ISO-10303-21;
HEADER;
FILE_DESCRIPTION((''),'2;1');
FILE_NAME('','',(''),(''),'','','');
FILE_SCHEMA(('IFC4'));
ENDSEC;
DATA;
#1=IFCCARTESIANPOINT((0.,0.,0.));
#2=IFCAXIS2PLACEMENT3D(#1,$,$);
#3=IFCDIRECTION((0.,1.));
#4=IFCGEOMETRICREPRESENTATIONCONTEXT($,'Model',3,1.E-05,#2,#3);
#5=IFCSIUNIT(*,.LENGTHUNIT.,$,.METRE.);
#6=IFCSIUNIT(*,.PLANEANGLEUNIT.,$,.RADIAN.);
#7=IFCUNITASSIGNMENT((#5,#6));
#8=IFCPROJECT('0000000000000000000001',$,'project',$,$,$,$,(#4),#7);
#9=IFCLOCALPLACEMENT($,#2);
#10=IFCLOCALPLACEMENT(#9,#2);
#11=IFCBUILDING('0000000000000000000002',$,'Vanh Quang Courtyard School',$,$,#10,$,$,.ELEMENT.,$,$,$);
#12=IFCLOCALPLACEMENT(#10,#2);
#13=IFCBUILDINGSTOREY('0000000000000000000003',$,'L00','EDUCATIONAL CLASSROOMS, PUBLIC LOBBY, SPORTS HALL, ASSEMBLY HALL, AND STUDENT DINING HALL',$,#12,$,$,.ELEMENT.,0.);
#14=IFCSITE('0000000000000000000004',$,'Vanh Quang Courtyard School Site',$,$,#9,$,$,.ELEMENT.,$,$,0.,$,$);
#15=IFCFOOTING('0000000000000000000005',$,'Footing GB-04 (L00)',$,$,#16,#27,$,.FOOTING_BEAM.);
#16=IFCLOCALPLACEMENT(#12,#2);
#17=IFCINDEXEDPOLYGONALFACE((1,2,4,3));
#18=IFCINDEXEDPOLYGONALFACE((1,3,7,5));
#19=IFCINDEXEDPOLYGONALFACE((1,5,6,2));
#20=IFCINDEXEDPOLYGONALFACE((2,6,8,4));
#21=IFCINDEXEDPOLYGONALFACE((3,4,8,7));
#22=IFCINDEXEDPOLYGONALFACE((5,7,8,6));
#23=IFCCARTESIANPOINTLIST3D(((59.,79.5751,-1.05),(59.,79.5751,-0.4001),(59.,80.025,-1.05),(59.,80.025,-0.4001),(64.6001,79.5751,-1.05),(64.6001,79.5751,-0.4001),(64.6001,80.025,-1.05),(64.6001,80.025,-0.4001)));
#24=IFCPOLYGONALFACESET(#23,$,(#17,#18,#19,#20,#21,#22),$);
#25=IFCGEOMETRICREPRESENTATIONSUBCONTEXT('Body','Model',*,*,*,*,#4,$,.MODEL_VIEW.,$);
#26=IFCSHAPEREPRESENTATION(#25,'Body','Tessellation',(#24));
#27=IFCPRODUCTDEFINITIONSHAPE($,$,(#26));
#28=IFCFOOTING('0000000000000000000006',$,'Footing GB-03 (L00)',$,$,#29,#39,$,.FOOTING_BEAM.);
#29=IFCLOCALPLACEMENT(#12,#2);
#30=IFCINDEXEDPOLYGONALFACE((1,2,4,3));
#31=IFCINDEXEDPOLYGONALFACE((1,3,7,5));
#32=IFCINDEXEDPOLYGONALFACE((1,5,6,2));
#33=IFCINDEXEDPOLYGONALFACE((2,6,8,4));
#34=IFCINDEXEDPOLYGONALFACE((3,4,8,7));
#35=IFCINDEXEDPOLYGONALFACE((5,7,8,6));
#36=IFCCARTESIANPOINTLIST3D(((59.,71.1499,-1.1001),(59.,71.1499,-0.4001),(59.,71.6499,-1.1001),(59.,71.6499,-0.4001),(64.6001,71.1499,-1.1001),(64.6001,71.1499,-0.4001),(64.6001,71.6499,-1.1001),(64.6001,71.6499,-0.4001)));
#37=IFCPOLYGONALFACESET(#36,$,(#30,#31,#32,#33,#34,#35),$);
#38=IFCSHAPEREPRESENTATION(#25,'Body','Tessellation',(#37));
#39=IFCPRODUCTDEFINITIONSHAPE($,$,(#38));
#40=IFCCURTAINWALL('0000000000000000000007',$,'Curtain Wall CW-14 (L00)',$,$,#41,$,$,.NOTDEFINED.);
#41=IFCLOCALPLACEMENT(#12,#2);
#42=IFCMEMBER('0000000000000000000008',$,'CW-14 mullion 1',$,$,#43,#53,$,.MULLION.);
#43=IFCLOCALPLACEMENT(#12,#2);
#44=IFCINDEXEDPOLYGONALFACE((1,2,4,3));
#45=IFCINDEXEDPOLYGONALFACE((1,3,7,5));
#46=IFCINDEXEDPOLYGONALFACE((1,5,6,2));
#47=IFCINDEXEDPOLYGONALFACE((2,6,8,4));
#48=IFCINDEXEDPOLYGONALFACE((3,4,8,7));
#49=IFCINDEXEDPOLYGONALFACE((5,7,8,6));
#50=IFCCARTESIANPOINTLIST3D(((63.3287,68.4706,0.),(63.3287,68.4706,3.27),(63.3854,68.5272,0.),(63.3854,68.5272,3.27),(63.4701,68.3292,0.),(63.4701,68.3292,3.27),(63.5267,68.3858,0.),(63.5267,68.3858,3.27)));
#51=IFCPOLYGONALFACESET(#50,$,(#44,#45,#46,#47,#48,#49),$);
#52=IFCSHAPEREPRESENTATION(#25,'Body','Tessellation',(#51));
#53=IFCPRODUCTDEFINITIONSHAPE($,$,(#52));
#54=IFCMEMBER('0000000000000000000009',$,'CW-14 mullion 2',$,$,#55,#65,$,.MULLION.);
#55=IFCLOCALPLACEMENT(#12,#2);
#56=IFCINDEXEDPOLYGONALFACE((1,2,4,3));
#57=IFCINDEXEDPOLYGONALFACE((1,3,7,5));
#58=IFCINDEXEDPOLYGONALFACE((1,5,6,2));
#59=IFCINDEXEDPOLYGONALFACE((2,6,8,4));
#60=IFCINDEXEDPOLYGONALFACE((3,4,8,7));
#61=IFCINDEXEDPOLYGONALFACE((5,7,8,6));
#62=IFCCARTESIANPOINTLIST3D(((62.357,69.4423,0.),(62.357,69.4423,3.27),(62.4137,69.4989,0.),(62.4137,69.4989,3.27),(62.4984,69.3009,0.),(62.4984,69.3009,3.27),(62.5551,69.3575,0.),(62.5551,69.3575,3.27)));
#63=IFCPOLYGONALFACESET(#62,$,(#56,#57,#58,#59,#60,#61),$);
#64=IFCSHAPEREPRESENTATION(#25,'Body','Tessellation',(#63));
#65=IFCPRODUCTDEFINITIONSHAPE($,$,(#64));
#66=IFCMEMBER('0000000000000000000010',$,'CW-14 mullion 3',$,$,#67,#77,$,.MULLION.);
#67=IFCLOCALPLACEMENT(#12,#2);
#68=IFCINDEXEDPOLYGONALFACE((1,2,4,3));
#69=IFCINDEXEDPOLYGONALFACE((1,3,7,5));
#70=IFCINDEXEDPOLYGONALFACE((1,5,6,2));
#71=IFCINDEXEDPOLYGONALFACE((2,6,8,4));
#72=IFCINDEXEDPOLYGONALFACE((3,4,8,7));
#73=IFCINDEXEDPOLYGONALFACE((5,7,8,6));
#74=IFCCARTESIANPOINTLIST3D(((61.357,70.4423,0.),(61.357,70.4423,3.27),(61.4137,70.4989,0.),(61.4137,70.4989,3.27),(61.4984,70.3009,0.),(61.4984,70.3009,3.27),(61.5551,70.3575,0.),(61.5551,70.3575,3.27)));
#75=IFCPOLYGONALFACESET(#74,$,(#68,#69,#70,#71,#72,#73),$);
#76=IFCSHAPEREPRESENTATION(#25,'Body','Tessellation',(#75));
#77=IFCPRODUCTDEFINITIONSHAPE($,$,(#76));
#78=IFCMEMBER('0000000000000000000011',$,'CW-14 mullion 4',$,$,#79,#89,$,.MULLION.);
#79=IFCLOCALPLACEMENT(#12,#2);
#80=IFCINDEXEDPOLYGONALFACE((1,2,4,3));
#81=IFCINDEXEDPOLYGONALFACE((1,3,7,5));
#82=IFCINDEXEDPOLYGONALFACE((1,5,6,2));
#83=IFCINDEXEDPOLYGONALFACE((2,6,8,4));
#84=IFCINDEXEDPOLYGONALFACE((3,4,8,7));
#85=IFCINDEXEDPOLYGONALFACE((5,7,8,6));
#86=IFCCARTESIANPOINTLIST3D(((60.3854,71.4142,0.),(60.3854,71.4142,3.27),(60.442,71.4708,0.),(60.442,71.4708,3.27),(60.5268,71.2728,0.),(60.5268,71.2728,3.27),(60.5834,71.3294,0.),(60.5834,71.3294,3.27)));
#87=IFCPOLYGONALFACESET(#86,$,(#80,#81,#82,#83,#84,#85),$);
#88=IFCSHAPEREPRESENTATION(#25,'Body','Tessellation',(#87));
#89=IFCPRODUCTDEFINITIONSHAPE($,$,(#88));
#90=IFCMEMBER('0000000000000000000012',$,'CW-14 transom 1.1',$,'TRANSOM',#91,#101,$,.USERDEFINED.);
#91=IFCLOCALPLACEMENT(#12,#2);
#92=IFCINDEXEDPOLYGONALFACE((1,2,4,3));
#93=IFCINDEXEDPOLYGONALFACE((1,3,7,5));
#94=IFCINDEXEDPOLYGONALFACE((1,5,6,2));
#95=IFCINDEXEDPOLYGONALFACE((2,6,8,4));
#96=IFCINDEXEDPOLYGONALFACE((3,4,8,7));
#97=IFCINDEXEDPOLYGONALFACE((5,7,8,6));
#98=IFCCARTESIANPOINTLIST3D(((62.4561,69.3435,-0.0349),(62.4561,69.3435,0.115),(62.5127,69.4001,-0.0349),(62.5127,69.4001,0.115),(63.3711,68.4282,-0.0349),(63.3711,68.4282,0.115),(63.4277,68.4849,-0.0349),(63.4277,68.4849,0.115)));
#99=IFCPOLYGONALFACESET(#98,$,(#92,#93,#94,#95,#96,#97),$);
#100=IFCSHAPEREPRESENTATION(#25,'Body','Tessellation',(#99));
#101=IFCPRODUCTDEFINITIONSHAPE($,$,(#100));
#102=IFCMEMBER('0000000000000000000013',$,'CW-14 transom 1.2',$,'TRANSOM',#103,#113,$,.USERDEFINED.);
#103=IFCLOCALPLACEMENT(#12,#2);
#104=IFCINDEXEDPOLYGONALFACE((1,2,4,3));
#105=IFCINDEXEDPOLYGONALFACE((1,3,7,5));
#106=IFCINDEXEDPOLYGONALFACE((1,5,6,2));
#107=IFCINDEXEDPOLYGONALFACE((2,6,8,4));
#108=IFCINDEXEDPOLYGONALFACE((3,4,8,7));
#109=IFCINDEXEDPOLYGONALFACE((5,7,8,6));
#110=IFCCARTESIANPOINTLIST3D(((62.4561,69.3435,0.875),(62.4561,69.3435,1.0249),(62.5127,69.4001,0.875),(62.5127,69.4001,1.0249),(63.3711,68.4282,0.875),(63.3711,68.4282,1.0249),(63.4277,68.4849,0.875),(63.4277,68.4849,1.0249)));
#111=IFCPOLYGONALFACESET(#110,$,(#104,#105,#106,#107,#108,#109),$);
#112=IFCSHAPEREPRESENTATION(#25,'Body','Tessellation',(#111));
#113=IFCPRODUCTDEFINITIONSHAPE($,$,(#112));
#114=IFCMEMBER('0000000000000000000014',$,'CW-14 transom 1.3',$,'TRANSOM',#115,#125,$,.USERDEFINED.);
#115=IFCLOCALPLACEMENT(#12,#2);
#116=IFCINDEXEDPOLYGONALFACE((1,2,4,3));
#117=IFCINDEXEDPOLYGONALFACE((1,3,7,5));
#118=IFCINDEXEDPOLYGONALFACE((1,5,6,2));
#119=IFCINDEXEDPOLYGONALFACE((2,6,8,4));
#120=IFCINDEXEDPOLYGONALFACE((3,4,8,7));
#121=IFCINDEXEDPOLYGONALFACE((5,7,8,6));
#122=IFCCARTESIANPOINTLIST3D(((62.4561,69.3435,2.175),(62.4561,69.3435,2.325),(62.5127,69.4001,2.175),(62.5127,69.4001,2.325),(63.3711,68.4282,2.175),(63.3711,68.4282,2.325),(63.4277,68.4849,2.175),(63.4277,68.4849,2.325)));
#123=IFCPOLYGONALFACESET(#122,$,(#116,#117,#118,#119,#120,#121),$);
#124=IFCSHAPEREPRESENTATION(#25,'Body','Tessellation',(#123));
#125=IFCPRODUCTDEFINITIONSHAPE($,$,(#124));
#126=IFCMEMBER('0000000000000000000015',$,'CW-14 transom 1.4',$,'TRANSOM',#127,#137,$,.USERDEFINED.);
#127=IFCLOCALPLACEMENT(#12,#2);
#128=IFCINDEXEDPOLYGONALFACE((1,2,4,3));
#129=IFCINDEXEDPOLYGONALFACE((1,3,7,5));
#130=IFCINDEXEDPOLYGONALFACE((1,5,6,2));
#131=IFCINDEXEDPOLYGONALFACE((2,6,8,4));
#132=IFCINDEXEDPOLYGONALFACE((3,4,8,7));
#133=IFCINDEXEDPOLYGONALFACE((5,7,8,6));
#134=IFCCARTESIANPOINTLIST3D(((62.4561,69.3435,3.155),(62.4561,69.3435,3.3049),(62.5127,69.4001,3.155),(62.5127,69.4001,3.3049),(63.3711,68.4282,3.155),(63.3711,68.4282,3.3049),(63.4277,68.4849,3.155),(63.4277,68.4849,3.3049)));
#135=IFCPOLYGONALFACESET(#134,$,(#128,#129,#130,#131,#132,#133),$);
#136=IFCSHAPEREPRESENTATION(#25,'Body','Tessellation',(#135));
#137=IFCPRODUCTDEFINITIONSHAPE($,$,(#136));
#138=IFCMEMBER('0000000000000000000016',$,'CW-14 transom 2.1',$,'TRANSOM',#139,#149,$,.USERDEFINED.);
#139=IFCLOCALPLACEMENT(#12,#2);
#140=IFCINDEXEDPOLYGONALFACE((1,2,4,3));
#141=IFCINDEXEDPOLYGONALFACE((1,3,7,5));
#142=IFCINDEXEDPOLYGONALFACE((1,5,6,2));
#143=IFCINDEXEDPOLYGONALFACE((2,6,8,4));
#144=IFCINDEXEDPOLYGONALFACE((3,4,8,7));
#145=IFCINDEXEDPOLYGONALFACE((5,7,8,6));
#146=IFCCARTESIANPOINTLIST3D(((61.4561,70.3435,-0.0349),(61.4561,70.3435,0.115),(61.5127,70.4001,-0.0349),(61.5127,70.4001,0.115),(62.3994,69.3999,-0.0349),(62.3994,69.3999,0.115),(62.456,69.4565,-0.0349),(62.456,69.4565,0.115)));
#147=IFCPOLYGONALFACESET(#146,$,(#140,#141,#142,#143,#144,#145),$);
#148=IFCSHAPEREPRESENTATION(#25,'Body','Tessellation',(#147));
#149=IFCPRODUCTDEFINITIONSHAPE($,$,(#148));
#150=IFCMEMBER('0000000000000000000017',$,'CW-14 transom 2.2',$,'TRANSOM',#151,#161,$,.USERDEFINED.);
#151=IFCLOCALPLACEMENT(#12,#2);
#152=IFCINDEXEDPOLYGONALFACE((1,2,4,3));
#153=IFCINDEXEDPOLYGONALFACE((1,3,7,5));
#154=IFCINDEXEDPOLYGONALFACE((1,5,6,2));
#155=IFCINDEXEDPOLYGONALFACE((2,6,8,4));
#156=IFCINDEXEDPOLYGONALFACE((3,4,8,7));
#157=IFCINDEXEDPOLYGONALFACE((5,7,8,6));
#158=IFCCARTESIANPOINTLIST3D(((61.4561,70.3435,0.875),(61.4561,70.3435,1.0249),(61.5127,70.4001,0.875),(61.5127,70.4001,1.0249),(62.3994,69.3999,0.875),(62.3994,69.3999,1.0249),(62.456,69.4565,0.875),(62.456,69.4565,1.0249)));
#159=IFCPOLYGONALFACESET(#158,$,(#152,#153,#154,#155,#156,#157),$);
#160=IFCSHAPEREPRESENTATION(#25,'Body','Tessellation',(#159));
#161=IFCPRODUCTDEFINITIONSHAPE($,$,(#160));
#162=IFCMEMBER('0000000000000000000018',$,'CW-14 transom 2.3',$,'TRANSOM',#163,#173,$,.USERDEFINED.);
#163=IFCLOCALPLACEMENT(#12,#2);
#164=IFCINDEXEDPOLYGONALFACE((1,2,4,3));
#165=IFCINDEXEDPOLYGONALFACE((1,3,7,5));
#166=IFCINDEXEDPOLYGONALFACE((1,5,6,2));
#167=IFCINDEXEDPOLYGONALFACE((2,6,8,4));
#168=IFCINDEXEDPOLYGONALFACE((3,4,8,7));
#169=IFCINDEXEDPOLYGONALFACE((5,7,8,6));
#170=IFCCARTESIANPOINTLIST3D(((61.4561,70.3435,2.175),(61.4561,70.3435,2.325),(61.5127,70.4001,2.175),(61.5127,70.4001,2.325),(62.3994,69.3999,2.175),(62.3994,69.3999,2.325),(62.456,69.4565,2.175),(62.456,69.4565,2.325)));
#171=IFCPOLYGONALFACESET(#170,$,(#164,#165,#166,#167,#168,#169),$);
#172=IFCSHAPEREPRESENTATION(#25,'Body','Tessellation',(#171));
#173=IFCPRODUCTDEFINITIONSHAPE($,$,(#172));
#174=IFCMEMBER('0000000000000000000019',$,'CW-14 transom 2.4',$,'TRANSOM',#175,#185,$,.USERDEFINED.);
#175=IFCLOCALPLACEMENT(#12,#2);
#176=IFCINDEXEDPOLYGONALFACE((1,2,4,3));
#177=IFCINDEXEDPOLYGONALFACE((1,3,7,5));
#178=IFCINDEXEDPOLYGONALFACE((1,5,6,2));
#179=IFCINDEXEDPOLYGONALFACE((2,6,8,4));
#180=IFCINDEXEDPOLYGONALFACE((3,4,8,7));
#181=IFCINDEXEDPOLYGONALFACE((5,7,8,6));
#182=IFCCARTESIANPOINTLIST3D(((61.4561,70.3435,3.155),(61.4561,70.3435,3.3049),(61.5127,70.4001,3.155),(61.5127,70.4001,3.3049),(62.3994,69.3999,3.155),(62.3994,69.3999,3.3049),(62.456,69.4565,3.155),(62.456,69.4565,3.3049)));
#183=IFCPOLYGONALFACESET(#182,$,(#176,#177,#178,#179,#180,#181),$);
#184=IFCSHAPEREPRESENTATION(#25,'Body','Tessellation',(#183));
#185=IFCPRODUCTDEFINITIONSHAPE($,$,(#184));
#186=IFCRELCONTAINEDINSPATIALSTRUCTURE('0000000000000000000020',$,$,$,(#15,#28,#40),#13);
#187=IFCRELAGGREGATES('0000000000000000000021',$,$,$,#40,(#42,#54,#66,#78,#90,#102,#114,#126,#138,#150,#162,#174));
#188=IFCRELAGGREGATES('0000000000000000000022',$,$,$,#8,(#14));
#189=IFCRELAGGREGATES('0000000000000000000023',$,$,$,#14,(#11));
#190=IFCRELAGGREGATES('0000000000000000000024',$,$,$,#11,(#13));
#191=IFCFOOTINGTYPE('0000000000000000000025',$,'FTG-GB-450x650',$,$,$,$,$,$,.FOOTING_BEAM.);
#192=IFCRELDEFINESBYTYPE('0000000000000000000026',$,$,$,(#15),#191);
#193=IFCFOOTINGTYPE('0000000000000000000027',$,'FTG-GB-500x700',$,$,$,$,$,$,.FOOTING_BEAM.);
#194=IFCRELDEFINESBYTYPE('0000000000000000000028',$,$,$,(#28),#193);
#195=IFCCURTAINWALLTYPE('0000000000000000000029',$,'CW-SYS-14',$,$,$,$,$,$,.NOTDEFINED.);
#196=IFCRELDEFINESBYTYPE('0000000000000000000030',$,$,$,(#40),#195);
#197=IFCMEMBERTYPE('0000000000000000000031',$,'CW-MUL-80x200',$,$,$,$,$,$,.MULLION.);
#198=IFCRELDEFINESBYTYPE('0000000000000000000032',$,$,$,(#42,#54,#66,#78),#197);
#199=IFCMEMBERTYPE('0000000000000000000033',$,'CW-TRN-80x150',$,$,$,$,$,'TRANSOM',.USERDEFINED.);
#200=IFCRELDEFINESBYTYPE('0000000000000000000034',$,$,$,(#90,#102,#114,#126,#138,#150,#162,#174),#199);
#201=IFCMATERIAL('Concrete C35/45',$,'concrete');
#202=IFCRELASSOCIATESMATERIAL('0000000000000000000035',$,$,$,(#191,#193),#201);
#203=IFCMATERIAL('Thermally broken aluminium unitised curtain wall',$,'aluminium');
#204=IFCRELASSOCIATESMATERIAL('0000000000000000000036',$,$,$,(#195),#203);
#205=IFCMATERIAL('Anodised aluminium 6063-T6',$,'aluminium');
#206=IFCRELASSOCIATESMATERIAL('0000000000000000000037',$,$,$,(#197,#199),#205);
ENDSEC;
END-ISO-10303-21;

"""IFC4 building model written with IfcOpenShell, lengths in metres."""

from ifc_helpers import new_model, si_unit, direction, frame, origin, origin_2d, place, context, subcontext, project, spatial, rectangle, extrude, material, material_profile, profile_set, type_object, element, aggregate, save


model = new_model("IFC4")

# Units and contexts
model_context = context("Model", 3, precision=1e-05, world=origin(), true_north=direction((0.0, 1.0)))
body_context = subcontext(model_context, "Body", "Model", "MODEL_VIEW")
ifc_project = project(units=[si_unit("LENGTHUNIT", "METRE"), si_unit("PLANEANGLEUNIT", "RADIAN")], contexts=[model_context])

# Site, building, storey
site_placement = place(None, origin())
site = spatial("IfcSite", under=ifc_project, at=site_placement, Name="Vanh Quang Courtyard School Site", CompositionType="ELEMENT", RefElevation=0.0)
building_placement = place(site_placement, origin())
building = spatial("IfcBuilding", under=site, at=building_placement, Name="Vanh Quang Courtyard School", CompositionType="ELEMENT")
storey_placement = place(building_placement, origin())
storey = spatial("IfcBuildingStorey", under=building, at=storey_placement, Name="L00", Description="EDUCATIONAL CLASSROOMS, PUBLIC LOBBY, SPORTS HALL, ASSEMBLY HALL, AND STUDENT DINING HALL", CompositionType="ELEMENT", Elevation=0.0)

# Footings
ifc_material_1 = material(Name="Concrete C35/45", Category="concrete")
footing_type_1 = type_object("IfcFootingType", Name="FTG-GB-450x650", PredefinedType="FOOTING_BEAM", material=ifc_material_1)
footing_1_placement = place(storey_placement, frame((61.8, 79.8, -1.05), z_axis=(0.0, 0.0, 1.0), x_axis=(1.0, 0.0, 0.0)))
element("IfcFooting", 1, at=footing_1_placement, inside=storey, type_object=footing_type_1, Name="Footing GB-04 (L00)", PredefinedType="FOOTING_BEAM", context=body_context, shape_type="SweptSolid", body=[
    extrude(rectangle(XDim=5.6001, YDim=0.45, at=origin_2d()), origin(), (0.0, 0.0, 1.0), 0.6499),
])
footing_type_2 = type_object("IfcFootingType", Name="FTG-GB-500x700", PredefinedType="FOOTING_BEAM", material=ifc_material_1)
footing_2_placement = place(storey_placement, frame((61.8, 71.3999, -1.1001), z_axis=(0.0, 0.0, 1.0), x_axis=(1.0, 0.0, 0.0)))
element("IfcFooting", 2, at=footing_2_placement, inside=storey, type_object=footing_type_2, Name="Footing GB-03 (L00)", PredefinedType="FOOTING_BEAM", context=body_context, shape_type="SweptSolid", body=[
    extrude(rectangle(XDim=5.6001, YDim=0.5, at=origin_2d()), origin(), (0.0, 0.0, 1.0), 0.7),
])

# Curtain wall, members
ifc_material_2 = material(Name="Thermally broken aluminium unitised curtain wall", Category="aluminium")
curtain_wall_type = type_object("IfcCurtainWallType", Name="CW-SYS-14", PredefinedType="NOTDEFINED", material=ifc_material_2)
curtain_wall_placement = place(storey_placement, origin())
curtain_wall = element("IfcCurtainWall", 3, at=curtain_wall_placement, inside=storey, type_object=curtain_wall_type, Name="Curtain Wall CW-14 (L00)", PredefinedType="NOTDEFINED")
ifc_material_3 = material(Name="Anodised aluminium 6063-T6", Category="aluminium")
ifc_material_profile_1 = material_profile(ifc_material_3, rectangle(XDim=0.0801, YDim=0.2, at=origin_2d()), Name="ALU-MUL 80x200")
ifc_profile_set_1 = profile_set([ifc_material_profile_1], Name="Anodised aluminium 6063-T6")
member_type_1 = type_object("IfcMemberType", Name="CW-MUL-80x200", PredefinedType="MULLION", material=ifc_profile_set_1)
member_1_placement = place(storey_placement, frame((63.4277, 68.4282, 0.0), z_axis=(0.0, 0.0, 1.0), x_axis=(-0.707107, -0.707107, 0.0)))
member_1 = element("IfcMember", 4, at=member_1_placement, type_object=member_type_1, Name="CW-14 mullion 1", PredefinedType="MULLION", context=body_context, shape_type="SweptSolid", body=[
    extrude(rectangle(XDim=0.0801, YDim=0.2, at=origin_2d()), origin(), (0.0, 0.0, 1.0), 3.27),
])
member_2_placement = place(storey_placement, frame((62.4561, 69.3999, 0.0), z_axis=(0.0, 0.0, 1.0), x_axis=(-0.707107, -0.707107, 0.0)))
member_2 = element("IfcMember", 5, at=member_2_placement, type_object=member_type_1, Name="CW-14 mullion 2", PredefinedType="MULLION", context=body_context, shape_type="SweptSolid", body=[
    extrude(rectangle(XDim=0.0801, YDim=0.2, at=origin_2d()), origin(), (0.0, 0.0, 1.0), 3.27),
])
member_3_placement = place(storey_placement, frame((61.4561, 70.3999, 0.0), z_axis=(0.0, 0.0, 1.0), x_axis=(-0.707107, -0.707107, 0.0)))
member_3 = element("IfcMember", 6, at=member_3_placement, type_object=member_type_1, Name="CW-14 mullion 3", PredefinedType="MULLION", context=body_context, shape_type="SweptSolid", body=[
    extrude(rectangle(XDim=0.0801, YDim=0.2, at=origin_2d()), origin(), (0.0, 0.0, 1.0), 3.27),
])
member_4_placement = place(storey_placement, frame((60.4844, 71.3718, 0.0), z_axis=(0.0, 0.0, 1.0), x_axis=(-0.707107, -0.707107, 0.0)))
member_4 = element("IfcMember", 7, at=member_4_placement, type_object=member_type_1, Name="CW-14 mullion 4", PredefinedType="MULLION", context=body_context, shape_type="SweptSolid", body=[
    extrude(rectangle(XDim=0.0801, YDim=0.2, at=origin_2d()), origin(), (0.0, 0.0, 1.0), 3.27),
])
ifc_material_profile_2 = material_profile(ifc_material_3, rectangle(XDim=0.0801, YDim=0.1499, at=origin_2d()), Name="ALU-TRN 80x150")
ifc_profile_set_2 = profile_set([ifc_material_profile_2], Name="Anodised aluminium 6063-T6")
member_type_2 = type_object("IfcMemberType", Name="CW-TRN-80x150", ElementType="TRANSOM", PredefinedType="USERDEFINED", material=ifc_profile_set_2)
member_5_placement = place(storey_placement, frame((63.3994, 68.4565, 0.04), z_axis=(-0.707012, 0.707201, 0.0), x_axis=(-0.707201, -0.707012, 0.0)))
member_5 = element("IfcMember", 8, at=member_5_placement, type_object=member_type_2, Name="CW-14 transom 1.1", ObjectType="TRANSOM", PredefinedType="USERDEFINED", context=body_context, shape_type="SweptSolid", body=[
    extrude(rectangle(XDim=0.0801, YDim=0.1499, at=origin_2d()), origin(), (0.0, 0.0, 1.0), 1.2942),
])
member_6_placement = place(storey_placement, frame((63.3994, 68.4565, 0.95), z_axis=(-0.707012, 0.707201, 0.0), x_axis=(-0.707201, -0.707012, 0.0)))
member_6 = element("IfcMember", 9, at=member_6_placement, type_object=member_type_2, Name="CW-14 transom 1.2", ObjectType="TRANSOM", PredefinedType="USERDEFINED", context=body_context, shape_type="SweptSolid", body=[
    extrude(rectangle(XDim=0.0801, YDim=0.1499, at=origin_2d()), origin(), (0.0, 0.0, 1.0), 1.2942),
])
member_7_placement = place(storey_placement, frame((63.3994, 68.4565, 2.25), z_axis=(-0.707012, 0.707201, 0.0), x_axis=(-0.707201, -0.707012, 0.0)))
member_7 = element("IfcMember", 10, at=member_7_placement, type_object=member_type_2, Name="CW-14 transom 1.3", ObjectType="TRANSOM", PredefinedType="USERDEFINED", context=body_context, shape_type="SweptSolid", body=[
    extrude(rectangle(XDim=0.0801, YDim=0.1499, at=origin_2d()), origin(), (0.0, 0.0, 1.0), 1.2942),
])
member_8_placement = place(storey_placement, frame((63.3994, 68.4565, 3.23), z_axis=(-0.707012, 0.707201, 0.0), x_axis=(-0.707201, -0.707012, 0.0)))
member_8 = element("IfcMember", 11, at=member_8_placement, type_object=member_type_2, Name="CW-14 transom 1.4", ObjectType="TRANSOM", PredefinedType="USERDEFINED", context=body_context, shape_type="SweptSolid", body=[
    extrude(rectangle(XDim=0.0801, YDim=0.1499, at=origin_2d()), origin(), (0.0, 0.0, 1.0), 1.2942),
])
member_9_placement = place(storey_placement, frame((62.4277, 69.4282, 0.04), z_axis=(-0.707015, 0.707198, 0.0), x_axis=(-0.707198, -0.707015, 0.0)))
member_9 = element("IfcMember", 12, at=member_9_placement, type_object=member_type_2, Name="CW-14 transom 2.1", ObjectType="TRANSOM", PredefinedType="USERDEFINED", context=body_context, shape_type="SweptSolid", body=[
    extrude(rectangle(XDim=0.0801, YDim=0.1499, at=origin_2d()), origin(), (0.0, 0.0, 1.0), 1.3342),
])
member_10_placement = place(storey_placement, frame((62.4277, 69.4282, 0.95), z_axis=(-0.707015, 0.707198, 0.0), x_axis=(-0.707198, -0.707015, 0.0)))
member_10 = element("IfcMember", 13, at=member_10_placement, type_object=member_type_2, Name="CW-14 transom 2.2", ObjectType="TRANSOM", PredefinedType="USERDEFINED", context=body_context, shape_type="SweptSolid", body=[
    extrude(rectangle(XDim=0.0801, YDim=0.1499, at=origin_2d()), origin(), (0.0, 0.0, 1.0), 1.3342),
])
member_11_placement = place(storey_placement, frame((62.4277, 69.4282, 2.25), z_axis=(-0.707015, 0.707198, 0.0), x_axis=(-0.707198, -0.707015, 0.0)))
member_11 = element("IfcMember", 14, at=member_11_placement, type_object=member_type_2, Name="CW-14 transom 2.3", ObjectType="TRANSOM", PredefinedType="USERDEFINED", context=body_context, shape_type="SweptSolid", body=[
    extrude(rectangle(XDim=0.0801, YDim=0.1499, at=origin_2d()), origin(), (0.0, 0.0, 1.0), 1.3342),
])
member_12_placement = place(storey_placement, frame((62.4277, 69.4282, 3.23), z_axis=(-0.707015, 0.707198, 0.0), x_axis=(-0.707198, -0.707015, 0.0)))
member_12 = element("IfcMember", 15, at=member_12_placement, type_object=member_type_2, Name="CW-14 transom 2.4", ObjectType="TRANSOM", PredefinedType="USERDEFINED", context=body_context, shape_type="SweptSolid", body=[
    extrude(rectangle(XDim=0.0801, YDim=0.1499, at=origin_2d()), origin(), (0.0, 0.0, 1.0), 1.3342),
])
aggregate(curtain_wall, [member_1, member_2, member_3, member_4, member_5, member_6, member_7, member_8, member_9, member_10, member_11, member_12])

save(model, "model.ifc")
